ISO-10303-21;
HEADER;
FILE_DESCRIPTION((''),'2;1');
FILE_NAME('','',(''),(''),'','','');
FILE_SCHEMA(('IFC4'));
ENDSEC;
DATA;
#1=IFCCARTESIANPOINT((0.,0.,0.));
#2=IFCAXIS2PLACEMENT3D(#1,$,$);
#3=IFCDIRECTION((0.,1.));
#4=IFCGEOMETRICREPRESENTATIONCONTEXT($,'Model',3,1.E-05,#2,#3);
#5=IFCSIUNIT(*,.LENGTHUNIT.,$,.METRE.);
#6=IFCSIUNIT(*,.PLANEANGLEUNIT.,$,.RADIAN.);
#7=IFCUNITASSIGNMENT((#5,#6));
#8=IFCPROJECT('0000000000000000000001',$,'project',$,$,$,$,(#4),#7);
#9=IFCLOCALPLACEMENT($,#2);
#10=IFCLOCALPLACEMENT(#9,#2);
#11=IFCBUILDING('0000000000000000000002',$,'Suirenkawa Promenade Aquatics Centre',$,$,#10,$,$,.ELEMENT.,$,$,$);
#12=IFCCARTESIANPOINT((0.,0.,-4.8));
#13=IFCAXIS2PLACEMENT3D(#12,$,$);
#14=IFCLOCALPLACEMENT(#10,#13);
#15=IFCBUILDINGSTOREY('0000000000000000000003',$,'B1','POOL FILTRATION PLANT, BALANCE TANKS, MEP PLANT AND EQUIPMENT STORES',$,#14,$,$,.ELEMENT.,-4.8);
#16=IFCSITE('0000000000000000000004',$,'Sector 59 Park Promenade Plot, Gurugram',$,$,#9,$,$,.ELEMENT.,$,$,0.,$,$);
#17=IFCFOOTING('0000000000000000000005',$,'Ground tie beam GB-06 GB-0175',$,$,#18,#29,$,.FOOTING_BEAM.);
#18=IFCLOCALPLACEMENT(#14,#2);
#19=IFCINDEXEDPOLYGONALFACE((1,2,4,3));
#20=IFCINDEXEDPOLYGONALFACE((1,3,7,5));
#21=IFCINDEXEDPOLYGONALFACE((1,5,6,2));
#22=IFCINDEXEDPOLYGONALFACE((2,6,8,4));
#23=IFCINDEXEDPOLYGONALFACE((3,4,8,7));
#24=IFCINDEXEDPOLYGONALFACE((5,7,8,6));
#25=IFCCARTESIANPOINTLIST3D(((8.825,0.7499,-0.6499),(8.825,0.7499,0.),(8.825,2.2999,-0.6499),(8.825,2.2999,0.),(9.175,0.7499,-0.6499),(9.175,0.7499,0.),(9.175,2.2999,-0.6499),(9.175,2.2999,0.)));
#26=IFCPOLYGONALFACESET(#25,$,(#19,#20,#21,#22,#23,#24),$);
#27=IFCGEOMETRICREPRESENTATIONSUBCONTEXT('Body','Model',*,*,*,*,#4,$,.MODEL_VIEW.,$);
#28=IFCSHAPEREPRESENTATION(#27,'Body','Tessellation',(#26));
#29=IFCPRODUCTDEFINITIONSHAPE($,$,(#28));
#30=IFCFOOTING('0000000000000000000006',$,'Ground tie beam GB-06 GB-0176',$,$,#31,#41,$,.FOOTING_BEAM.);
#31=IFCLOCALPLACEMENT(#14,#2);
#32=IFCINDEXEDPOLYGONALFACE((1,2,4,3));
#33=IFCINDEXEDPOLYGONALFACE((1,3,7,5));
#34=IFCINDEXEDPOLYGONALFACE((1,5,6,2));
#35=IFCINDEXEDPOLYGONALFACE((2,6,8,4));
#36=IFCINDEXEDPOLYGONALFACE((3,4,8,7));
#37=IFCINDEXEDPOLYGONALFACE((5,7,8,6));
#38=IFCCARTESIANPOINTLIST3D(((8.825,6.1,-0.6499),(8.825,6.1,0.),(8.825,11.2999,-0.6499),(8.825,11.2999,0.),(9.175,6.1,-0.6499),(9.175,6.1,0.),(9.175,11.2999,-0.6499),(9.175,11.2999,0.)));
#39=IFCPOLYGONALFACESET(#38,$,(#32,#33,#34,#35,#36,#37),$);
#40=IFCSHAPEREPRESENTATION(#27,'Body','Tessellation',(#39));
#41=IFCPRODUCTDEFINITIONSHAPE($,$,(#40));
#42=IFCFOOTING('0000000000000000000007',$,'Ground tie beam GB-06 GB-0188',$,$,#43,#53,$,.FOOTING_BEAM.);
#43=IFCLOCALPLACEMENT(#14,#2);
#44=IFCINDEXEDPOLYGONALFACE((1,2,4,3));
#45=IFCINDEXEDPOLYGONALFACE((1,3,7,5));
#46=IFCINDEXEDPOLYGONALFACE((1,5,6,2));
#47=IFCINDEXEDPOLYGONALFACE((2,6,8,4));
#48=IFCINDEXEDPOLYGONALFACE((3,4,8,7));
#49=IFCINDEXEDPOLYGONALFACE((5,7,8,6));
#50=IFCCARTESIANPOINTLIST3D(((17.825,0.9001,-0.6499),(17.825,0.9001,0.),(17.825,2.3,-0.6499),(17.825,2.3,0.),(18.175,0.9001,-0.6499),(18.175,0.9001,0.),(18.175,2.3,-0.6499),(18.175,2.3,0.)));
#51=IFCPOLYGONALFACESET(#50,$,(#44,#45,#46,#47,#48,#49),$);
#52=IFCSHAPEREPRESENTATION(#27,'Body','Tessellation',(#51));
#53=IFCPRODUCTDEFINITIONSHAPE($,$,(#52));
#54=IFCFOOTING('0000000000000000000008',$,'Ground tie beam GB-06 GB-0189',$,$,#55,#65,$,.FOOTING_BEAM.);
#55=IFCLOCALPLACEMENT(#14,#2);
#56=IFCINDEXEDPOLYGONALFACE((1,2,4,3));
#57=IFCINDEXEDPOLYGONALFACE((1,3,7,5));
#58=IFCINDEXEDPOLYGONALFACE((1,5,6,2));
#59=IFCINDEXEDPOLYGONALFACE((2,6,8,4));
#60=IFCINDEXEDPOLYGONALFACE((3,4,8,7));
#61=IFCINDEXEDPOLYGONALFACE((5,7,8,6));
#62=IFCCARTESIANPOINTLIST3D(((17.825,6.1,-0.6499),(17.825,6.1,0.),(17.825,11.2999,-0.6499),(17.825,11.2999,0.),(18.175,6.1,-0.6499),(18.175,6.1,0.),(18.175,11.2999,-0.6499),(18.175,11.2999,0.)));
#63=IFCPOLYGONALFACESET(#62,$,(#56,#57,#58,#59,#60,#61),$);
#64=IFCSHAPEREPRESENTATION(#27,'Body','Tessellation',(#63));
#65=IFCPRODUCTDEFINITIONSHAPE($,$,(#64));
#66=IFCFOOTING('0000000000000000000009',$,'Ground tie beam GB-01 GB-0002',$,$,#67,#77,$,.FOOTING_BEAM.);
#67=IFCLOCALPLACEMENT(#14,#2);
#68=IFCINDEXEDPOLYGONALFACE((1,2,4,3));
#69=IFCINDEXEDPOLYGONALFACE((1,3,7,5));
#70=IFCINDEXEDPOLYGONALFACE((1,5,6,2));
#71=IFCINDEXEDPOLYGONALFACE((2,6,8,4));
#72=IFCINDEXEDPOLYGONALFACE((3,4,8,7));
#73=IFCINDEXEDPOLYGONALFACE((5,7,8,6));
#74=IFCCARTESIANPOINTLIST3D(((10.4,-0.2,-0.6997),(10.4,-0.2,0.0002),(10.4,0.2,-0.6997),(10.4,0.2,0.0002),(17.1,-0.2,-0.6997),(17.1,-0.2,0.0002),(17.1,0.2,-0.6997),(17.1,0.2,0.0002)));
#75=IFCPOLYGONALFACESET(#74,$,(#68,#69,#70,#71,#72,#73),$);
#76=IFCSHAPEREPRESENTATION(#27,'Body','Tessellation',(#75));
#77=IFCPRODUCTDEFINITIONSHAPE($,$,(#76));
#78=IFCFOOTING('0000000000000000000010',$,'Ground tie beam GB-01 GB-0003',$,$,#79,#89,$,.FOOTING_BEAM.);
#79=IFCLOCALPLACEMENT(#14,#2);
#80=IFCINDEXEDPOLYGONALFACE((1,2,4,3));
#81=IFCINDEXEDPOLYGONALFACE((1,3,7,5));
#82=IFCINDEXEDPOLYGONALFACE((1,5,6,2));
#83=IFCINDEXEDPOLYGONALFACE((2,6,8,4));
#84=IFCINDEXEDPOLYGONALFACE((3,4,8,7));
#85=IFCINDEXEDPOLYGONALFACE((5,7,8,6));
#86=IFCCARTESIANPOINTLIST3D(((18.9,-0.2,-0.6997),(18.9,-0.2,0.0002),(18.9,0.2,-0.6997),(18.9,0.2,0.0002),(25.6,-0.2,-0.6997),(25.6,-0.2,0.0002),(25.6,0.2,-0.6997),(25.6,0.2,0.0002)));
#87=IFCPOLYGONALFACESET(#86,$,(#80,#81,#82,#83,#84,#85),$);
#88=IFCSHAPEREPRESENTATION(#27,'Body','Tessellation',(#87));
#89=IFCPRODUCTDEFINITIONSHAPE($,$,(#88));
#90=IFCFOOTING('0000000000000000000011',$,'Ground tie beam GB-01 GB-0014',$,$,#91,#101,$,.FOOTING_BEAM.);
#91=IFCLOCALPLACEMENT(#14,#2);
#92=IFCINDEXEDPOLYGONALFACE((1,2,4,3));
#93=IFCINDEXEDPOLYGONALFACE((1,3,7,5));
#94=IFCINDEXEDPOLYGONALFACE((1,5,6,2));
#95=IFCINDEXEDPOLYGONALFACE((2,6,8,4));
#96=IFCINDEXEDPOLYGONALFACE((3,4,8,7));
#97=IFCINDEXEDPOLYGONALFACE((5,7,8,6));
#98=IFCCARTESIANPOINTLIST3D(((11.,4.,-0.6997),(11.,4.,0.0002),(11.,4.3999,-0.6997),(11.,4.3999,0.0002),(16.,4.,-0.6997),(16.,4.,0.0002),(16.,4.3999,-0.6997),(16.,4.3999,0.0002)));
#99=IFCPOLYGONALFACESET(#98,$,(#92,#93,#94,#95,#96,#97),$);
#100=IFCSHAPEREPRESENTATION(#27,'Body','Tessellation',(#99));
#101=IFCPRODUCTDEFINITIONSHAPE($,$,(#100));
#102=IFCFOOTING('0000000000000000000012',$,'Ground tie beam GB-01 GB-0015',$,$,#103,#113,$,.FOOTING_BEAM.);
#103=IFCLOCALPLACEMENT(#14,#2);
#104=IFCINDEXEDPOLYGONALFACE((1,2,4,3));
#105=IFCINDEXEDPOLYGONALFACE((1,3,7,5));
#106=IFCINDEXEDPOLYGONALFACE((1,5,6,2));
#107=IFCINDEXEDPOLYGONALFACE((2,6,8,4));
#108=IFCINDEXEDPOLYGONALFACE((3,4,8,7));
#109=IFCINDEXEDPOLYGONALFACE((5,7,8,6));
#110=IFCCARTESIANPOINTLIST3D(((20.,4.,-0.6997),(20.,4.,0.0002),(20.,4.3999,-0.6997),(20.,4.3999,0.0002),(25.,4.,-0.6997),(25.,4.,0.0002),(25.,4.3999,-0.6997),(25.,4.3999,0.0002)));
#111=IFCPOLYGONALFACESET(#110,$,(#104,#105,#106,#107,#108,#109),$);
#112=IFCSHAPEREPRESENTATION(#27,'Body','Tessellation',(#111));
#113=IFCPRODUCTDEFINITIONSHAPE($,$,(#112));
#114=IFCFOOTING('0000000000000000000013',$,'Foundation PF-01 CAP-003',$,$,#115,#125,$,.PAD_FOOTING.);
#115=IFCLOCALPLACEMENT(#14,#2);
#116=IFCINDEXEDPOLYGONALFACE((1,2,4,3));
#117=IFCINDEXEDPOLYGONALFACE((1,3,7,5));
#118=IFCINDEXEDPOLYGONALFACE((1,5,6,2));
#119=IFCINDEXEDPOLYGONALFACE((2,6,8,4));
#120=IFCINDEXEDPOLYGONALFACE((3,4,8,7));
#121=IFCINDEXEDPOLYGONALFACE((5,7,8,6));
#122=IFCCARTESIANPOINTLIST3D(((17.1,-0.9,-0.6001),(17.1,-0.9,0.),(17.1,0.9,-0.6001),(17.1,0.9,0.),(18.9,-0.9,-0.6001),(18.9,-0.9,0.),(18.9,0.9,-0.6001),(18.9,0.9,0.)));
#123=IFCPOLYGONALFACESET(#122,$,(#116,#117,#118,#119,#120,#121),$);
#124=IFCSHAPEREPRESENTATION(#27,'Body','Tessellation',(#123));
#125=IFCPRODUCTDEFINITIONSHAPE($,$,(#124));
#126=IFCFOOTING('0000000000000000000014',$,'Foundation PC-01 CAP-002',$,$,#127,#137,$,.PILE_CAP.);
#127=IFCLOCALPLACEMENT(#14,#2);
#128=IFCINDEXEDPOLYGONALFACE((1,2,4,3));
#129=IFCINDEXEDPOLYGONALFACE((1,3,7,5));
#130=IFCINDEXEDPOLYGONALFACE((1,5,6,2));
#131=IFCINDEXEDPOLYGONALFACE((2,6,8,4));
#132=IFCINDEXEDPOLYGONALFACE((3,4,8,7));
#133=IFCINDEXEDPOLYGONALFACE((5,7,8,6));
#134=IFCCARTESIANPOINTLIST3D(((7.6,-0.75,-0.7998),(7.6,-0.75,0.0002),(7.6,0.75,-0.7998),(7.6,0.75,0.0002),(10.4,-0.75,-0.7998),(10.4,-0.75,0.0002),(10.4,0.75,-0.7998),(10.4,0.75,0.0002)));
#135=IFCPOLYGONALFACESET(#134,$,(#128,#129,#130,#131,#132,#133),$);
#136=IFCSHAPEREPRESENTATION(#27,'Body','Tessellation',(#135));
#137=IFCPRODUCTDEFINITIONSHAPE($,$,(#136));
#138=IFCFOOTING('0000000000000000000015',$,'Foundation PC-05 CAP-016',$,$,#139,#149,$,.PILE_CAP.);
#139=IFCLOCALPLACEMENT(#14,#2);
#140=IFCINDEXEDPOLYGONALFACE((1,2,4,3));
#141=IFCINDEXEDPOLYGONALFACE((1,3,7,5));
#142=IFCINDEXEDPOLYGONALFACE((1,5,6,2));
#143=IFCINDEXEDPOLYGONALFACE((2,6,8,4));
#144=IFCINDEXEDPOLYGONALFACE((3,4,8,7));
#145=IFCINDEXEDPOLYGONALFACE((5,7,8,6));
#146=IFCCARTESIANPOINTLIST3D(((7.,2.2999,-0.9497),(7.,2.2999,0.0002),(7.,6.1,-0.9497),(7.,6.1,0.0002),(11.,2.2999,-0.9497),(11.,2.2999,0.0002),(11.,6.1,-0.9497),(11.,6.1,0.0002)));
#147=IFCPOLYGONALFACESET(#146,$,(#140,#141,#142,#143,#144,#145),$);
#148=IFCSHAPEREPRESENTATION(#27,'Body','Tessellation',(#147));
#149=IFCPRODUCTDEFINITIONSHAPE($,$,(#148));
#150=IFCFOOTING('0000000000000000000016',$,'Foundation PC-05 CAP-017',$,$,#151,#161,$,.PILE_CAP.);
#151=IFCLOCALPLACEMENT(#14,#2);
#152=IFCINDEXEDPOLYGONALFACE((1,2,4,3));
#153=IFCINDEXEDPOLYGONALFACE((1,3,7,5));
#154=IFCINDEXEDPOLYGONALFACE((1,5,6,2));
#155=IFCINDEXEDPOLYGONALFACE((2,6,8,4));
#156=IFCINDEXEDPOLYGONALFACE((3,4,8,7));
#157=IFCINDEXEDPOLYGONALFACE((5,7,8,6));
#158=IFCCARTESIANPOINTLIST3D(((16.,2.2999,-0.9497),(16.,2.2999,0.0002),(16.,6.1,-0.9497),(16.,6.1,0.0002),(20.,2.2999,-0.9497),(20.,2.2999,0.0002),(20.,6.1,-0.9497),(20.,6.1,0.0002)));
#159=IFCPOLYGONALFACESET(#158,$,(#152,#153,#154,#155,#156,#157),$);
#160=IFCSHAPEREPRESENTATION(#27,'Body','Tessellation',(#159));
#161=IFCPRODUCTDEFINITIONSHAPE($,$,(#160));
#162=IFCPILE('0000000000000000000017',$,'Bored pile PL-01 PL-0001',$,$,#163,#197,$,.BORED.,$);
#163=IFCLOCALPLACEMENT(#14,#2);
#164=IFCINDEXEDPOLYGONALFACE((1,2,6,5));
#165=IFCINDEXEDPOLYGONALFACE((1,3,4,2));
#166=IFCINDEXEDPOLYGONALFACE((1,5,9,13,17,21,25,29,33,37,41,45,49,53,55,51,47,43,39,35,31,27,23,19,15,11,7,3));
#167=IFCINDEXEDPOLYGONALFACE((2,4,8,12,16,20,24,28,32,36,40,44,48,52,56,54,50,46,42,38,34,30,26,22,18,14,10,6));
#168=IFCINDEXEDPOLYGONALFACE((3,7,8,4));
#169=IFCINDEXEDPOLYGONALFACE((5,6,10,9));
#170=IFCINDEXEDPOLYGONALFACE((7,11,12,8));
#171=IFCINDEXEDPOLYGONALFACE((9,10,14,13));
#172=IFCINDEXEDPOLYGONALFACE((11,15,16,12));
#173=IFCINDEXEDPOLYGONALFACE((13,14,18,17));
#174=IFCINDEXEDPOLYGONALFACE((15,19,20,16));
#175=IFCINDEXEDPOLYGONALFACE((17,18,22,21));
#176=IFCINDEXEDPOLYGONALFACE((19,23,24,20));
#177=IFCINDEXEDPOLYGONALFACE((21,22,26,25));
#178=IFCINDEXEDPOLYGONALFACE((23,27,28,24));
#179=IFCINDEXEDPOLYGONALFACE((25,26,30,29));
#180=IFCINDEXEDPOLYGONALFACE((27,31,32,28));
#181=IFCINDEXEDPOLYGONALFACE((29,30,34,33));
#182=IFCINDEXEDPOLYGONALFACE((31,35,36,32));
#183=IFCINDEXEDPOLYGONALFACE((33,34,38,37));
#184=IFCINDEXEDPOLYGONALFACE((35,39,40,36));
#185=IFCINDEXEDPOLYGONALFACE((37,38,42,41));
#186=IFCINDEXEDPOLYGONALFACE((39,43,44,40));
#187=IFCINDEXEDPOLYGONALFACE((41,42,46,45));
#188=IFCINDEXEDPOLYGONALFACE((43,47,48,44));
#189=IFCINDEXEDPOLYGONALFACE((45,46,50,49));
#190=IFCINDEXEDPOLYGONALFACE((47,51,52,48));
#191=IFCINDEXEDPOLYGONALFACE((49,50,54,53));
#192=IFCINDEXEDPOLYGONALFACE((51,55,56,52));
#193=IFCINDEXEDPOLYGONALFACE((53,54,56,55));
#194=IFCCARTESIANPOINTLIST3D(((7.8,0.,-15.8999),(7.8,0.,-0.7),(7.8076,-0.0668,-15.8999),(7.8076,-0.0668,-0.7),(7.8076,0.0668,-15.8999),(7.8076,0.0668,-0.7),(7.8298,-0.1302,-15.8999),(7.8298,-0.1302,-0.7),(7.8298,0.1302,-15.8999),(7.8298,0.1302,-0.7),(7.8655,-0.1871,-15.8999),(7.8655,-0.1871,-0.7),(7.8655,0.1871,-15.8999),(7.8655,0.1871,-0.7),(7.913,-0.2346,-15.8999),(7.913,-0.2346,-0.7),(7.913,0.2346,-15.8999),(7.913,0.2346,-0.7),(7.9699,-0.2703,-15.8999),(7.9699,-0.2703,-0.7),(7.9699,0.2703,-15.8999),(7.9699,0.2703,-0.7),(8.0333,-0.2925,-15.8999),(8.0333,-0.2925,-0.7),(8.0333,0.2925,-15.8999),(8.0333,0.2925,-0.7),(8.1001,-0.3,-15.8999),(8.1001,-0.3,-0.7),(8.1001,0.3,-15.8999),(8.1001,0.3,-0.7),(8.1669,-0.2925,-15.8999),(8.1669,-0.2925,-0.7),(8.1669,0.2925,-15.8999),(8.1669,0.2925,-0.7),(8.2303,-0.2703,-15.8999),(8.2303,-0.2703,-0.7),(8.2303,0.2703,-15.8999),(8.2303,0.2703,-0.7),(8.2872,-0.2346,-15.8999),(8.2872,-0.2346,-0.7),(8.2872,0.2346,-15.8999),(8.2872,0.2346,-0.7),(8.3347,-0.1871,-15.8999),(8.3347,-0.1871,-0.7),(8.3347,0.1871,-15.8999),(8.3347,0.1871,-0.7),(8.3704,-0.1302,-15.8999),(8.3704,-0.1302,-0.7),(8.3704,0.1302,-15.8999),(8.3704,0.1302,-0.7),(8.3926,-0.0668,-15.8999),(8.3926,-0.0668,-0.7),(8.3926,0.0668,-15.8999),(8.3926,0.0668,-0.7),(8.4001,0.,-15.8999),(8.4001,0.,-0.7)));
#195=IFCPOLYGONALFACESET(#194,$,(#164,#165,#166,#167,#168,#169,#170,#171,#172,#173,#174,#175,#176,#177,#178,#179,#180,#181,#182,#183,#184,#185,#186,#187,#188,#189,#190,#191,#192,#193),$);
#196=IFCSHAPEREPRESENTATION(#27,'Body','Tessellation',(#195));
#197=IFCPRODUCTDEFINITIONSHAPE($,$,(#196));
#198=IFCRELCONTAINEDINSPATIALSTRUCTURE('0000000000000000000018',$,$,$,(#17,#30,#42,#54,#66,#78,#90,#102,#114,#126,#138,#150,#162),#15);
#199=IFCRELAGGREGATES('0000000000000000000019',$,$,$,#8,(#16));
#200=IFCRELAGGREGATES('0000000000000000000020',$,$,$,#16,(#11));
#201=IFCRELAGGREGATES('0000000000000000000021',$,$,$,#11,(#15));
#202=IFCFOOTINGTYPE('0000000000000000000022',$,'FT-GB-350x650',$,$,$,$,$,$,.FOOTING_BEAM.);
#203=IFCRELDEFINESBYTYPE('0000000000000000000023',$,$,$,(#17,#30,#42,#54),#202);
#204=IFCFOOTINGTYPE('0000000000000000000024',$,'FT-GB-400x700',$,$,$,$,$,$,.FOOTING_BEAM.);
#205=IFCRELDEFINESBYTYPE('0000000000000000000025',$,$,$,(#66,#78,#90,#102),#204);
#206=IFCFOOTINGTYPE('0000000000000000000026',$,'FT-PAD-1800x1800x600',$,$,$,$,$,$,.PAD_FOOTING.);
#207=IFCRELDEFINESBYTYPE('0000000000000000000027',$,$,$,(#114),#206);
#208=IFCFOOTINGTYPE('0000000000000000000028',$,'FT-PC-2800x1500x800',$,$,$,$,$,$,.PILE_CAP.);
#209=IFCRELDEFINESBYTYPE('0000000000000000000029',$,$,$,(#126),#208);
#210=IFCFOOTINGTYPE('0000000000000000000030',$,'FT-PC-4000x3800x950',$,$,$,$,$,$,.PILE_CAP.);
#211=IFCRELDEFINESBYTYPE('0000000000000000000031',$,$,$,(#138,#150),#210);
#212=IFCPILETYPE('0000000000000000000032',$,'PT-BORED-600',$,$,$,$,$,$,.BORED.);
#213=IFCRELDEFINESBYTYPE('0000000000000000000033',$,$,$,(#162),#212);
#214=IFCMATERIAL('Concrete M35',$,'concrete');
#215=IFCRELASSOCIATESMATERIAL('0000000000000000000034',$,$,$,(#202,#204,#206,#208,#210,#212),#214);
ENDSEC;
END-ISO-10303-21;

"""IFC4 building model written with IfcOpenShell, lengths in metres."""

from ifc_helpers import new_model, si_unit, direction, frame, origin, origin_2d, place, context, subcontext, project, spatial, rectangle, circle, extrude, material, material_profile, profile_set, type_object, element, save


model = new_model("IFC4")

# Units and contexts
model_context = context("Model", 3, precision=1e-05, world=origin(), true_north=direction((0.0, 1.0)))
body_context = subcontext(model_context, "Body", "Model", "MODEL_VIEW")
ifc_project = project(units=[si_unit("LENGTHUNIT", "METRE"), si_unit("PLANEANGLEUNIT", "RADIAN")], contexts=[model_context])

# Site, building, storey
site_placement = place(None, origin())
site = spatial("IfcSite", under=ifc_project, at=site_placement, Name="Sector 59 Park Promenade Plot, Gurugram", CompositionType="ELEMENT", RefElevation=0.0)
building_placement = place(site_placement, origin())
building = spatial("IfcBuilding", under=site, at=building_placement, Name="Suirenkawa Promenade Aquatics Centre", CompositionType="ELEMENT")
storey_placement = place(building_placement, frame((0.0, 0.0, -4.8)))
storey = spatial("IfcBuildingStorey", under=building, at=storey_placement, Name="B1", Description="POOL FILTRATION PLANT, BALANCE TANKS, MEP PLANT AND EQUIPMENT STORES", CompositionType="ELEMENT", Elevation=-4.8)

# Footings
ifc_material_1 = material(Name="Concrete M35", Category="concrete")
footing_type_1 = type_object("IfcFootingType", Name="FT-GB-350x650", PredefinedType="FOOTING_BEAM", material=ifc_material_1)
footing_1_placement = place(storey_placement, frame((9.0, 1.5249, -0.6499), z_axis=(0.0, 0.0, 1.0), x_axis=(0.0, 1.0, 0.0)))
element("IfcFooting", 1, at=footing_1_placement, inside=storey, type_object=footing_type_1, Name="Ground tie beam GB-06 GB-0175", PredefinedType="FOOTING_BEAM", context=body_context, shape_type="SweptSolid", body=[
    extrude(rectangle(XDim=1.55, YDim=0.3501, at=origin_2d()), origin(), (0.0, 0.0, 1.0), 0.6499),
])
footing_2_placement = place(storey_placement, frame((9.0, 8.7, -0.6499), z_axis=(0.0, 0.0, 1.0), x_axis=(0.0, 1.0, 0.0)))
element("IfcFooting", 2, at=footing_2_placement, inside=storey, type_object=footing_type_1, Name="Ground tie beam GB-06 GB-0176", PredefinedType="FOOTING_BEAM", context=body_context, shape_type="SweptSolid", body=[
    extrude(rectangle(XDim=5.2, YDim=0.3501, at=origin_2d()), origin(), (0.0, 0.0, 1.0), 0.6499),
])
footing_3_placement = place(storey_placement, frame((18.0, 1.6001, -0.6499), z_axis=(0.0, 0.0, 1.0), x_axis=(0.0, 1.0, 0.0)))
element("IfcFooting", 3, at=footing_3_placement, inside=storey, type_object=footing_type_1, Name="Ground tie beam GB-06 GB-0188", PredefinedType="FOOTING_BEAM", context=body_context, shape_type="SweptSolid", body=[
    extrude(rectangle(XDim=1.3999, YDim=0.3501, at=origin_2d()), origin(), (0.0, 0.0, 1.0), 0.6499),
])
footing_4_placement = place(storey_placement, frame((18.0, 8.7, -0.6499), z_axis=(0.0, 0.0, 1.0), x_axis=(0.0, 1.0, 0.0)))
element("IfcFooting", 4, at=footing_4_placement, inside=storey, type_object=footing_type_1, Name="Ground tie beam GB-06 GB-0189", PredefinedType="FOOTING_BEAM", context=body_context, shape_type="SweptSolid", body=[
    extrude(rectangle(XDim=5.2, YDim=0.3501, at=origin_2d()), origin(), (0.0, 0.0, 1.0), 0.6499),
])
footing_type_2 = type_object("IfcFootingType", Name="FT-GB-400x700", PredefinedType="FOOTING_BEAM", material=ifc_material_1)
for number, where, z_axis, x_axis, name in (
    (5, (13.75, 0.0, -0.6997), (0.0, 0.0, 1.0), (1.0, 0.0, 0.0), "Ground tie beam GB-01 GB-0002"),
    (6, (22.25, 0.0, -0.6997), (0.0, 0.0, 1.0), (1.0, 0.0, 0.0), "Ground tie beam GB-01 GB-0003"),
):
    element("IfcFooting", number, at=place(storey_placement, frame(where, z_axis=z_axis, x_axis=x_axis)), inside=storey, type_object=footing_type_2, Name=name, PredefinedType="FOOTING_BEAM", context=body_context, shape_type="SweptSolid", body=[
        extrude(rectangle(XDim=6.7, YDim=0.3999, at=origin_2d()), origin(), (0.0, 0.0, 1.0), 0.7),
    ])
for number, where, z_axis, x_axis, name in (
    (7, (13.5, 4.2, -0.6997), (0.0, 0.0, 1.0), (1.0, 0.0, 0.0), "Ground tie beam GB-01 GB-0014"),
    (8, (22.5, 4.2, -0.6997), (0.0, 0.0, 1.0), (1.0, 0.0, 0.0), "Ground tie beam GB-01 GB-0015"),
):
    element("IfcFooting", number, at=place(storey_placement, frame(where, z_axis=z_axis, x_axis=x_axis)), inside=storey, type_object=footing_type_2, Name=name, PredefinedType="FOOTING_BEAM", context=body_context, shape_type="SweptSolid", body=[
        extrude(rectangle(XDim=5.0, YDim=0.3999, at=origin_2d()), origin(), (0.0, 0.0, 1.0), 0.7),
    ])
footing_type_3 = type_object("IfcFootingType", Name="FT-PAD-1800x1800x600", PredefinedType="PAD_FOOTING", material=ifc_material_1)
footing_5_placement = place(storey_placement, frame((18.0, 0.0, -0.6001), z_axis=(0.0, 0.0, 1.0), x_axis=(1.0, 0.0, 0.0)))
element("IfcFooting", 9, at=footing_5_placement, inside=storey, type_object=footing_type_3, Name="Foundation PF-01 CAP-003", PredefinedType="PAD_FOOTING", context=body_context, shape_type="SweptSolid", body=[
    extrude(rectangle(XDim=1.8, YDim=1.8, at=origin_2d()), origin(), (0.0, 0.0, 1.0), 0.6001),
])
footing_type_4 = type_object("IfcFootingType", Name="FT-PC-2800x1500x800", PredefinedType="PILE_CAP", material=ifc_material_1)
footing_6_placement = place(storey_placement, frame((9.0, 0.0, -0.7998), z_axis=(0.0, 0.0, 1.0), x_axis=(1.0, 0.0, 0.0)))
element("IfcFooting", 10, at=footing_6_placement, inside=storey, type_object=footing_type_4, Name="Foundation PC-01 CAP-002", PredefinedType="PILE_CAP", context=body_context, shape_type="SweptSolid", body=[
    extrude(rectangle(XDim=2.8, YDim=1.5, at=origin_2d()), origin(), (0.0, 0.0, 1.0), 0.8),
])
footing_type_5 = type_object("IfcFootingType", Name="FT-PC-4000x3800x950", PredefinedType="PILE_CAP", material=ifc_material_1)
for number, where, z_axis, x_axis, name in (
    (11, (9.0, 4.2, -0.9497), (0.0, 0.0, 1.0), (1.0, 0.0, 0.0), "Foundation PC-05 CAP-016"),
    (12, (18.0, 4.2, -0.9497), (0.0, 0.0, 1.0), (1.0, 0.0, 0.0), "Foundation PC-05 CAP-017"),
):
    element("IfcFooting", number, at=place(storey_placement, frame(where, z_axis=z_axis, x_axis=x_axis)), inside=storey, type_object=footing_type_5, Name=name, PredefinedType="PILE_CAP", context=body_context, shape_type="SweptSolid", body=[
        extrude(rectangle(XDim=4.0, YDim=3.8, at=origin_2d()), origin(), (0.0, 0.0, 1.0), 0.95),
    ])

# Pile
ifc_material_profile_1 = material_profile(ifc_material_1, circle(Radius=0.3, at=origin_2d()), Name="PILE D600", Category="concrete")
ifc_profile_set_1 = profile_set([ifc_material_profile_1], Name="Concrete M35")
pile_type_1 = type_object("IfcPileType", Name="PT-BORED-600", PredefinedType="BORED", material=ifc_profile_set_1)
for number, where, z_axis, x_axis, name in (
    (13, (8.1001, 0.0, -0.7), (0.0, 0.0, -1.0), (1.0, 0.0, 0.0), "Bored pile PL-01 PL-0001"),
):
    element("IfcPile", number, at=place(storey_placement, frame(where, z_axis=z_axis, x_axis=x_axis)), inside=storey, type_object=pile_type_1, Name=name, PredefinedType="BORED", context=body_context, shape_type="SweptSolid", body=[
        extrude(circle(Radius=0.3, at=origin_2d()), origin(), (0.0, 0.0, 1.0), 15.2),
    ])

save(model, "model.ifc")
